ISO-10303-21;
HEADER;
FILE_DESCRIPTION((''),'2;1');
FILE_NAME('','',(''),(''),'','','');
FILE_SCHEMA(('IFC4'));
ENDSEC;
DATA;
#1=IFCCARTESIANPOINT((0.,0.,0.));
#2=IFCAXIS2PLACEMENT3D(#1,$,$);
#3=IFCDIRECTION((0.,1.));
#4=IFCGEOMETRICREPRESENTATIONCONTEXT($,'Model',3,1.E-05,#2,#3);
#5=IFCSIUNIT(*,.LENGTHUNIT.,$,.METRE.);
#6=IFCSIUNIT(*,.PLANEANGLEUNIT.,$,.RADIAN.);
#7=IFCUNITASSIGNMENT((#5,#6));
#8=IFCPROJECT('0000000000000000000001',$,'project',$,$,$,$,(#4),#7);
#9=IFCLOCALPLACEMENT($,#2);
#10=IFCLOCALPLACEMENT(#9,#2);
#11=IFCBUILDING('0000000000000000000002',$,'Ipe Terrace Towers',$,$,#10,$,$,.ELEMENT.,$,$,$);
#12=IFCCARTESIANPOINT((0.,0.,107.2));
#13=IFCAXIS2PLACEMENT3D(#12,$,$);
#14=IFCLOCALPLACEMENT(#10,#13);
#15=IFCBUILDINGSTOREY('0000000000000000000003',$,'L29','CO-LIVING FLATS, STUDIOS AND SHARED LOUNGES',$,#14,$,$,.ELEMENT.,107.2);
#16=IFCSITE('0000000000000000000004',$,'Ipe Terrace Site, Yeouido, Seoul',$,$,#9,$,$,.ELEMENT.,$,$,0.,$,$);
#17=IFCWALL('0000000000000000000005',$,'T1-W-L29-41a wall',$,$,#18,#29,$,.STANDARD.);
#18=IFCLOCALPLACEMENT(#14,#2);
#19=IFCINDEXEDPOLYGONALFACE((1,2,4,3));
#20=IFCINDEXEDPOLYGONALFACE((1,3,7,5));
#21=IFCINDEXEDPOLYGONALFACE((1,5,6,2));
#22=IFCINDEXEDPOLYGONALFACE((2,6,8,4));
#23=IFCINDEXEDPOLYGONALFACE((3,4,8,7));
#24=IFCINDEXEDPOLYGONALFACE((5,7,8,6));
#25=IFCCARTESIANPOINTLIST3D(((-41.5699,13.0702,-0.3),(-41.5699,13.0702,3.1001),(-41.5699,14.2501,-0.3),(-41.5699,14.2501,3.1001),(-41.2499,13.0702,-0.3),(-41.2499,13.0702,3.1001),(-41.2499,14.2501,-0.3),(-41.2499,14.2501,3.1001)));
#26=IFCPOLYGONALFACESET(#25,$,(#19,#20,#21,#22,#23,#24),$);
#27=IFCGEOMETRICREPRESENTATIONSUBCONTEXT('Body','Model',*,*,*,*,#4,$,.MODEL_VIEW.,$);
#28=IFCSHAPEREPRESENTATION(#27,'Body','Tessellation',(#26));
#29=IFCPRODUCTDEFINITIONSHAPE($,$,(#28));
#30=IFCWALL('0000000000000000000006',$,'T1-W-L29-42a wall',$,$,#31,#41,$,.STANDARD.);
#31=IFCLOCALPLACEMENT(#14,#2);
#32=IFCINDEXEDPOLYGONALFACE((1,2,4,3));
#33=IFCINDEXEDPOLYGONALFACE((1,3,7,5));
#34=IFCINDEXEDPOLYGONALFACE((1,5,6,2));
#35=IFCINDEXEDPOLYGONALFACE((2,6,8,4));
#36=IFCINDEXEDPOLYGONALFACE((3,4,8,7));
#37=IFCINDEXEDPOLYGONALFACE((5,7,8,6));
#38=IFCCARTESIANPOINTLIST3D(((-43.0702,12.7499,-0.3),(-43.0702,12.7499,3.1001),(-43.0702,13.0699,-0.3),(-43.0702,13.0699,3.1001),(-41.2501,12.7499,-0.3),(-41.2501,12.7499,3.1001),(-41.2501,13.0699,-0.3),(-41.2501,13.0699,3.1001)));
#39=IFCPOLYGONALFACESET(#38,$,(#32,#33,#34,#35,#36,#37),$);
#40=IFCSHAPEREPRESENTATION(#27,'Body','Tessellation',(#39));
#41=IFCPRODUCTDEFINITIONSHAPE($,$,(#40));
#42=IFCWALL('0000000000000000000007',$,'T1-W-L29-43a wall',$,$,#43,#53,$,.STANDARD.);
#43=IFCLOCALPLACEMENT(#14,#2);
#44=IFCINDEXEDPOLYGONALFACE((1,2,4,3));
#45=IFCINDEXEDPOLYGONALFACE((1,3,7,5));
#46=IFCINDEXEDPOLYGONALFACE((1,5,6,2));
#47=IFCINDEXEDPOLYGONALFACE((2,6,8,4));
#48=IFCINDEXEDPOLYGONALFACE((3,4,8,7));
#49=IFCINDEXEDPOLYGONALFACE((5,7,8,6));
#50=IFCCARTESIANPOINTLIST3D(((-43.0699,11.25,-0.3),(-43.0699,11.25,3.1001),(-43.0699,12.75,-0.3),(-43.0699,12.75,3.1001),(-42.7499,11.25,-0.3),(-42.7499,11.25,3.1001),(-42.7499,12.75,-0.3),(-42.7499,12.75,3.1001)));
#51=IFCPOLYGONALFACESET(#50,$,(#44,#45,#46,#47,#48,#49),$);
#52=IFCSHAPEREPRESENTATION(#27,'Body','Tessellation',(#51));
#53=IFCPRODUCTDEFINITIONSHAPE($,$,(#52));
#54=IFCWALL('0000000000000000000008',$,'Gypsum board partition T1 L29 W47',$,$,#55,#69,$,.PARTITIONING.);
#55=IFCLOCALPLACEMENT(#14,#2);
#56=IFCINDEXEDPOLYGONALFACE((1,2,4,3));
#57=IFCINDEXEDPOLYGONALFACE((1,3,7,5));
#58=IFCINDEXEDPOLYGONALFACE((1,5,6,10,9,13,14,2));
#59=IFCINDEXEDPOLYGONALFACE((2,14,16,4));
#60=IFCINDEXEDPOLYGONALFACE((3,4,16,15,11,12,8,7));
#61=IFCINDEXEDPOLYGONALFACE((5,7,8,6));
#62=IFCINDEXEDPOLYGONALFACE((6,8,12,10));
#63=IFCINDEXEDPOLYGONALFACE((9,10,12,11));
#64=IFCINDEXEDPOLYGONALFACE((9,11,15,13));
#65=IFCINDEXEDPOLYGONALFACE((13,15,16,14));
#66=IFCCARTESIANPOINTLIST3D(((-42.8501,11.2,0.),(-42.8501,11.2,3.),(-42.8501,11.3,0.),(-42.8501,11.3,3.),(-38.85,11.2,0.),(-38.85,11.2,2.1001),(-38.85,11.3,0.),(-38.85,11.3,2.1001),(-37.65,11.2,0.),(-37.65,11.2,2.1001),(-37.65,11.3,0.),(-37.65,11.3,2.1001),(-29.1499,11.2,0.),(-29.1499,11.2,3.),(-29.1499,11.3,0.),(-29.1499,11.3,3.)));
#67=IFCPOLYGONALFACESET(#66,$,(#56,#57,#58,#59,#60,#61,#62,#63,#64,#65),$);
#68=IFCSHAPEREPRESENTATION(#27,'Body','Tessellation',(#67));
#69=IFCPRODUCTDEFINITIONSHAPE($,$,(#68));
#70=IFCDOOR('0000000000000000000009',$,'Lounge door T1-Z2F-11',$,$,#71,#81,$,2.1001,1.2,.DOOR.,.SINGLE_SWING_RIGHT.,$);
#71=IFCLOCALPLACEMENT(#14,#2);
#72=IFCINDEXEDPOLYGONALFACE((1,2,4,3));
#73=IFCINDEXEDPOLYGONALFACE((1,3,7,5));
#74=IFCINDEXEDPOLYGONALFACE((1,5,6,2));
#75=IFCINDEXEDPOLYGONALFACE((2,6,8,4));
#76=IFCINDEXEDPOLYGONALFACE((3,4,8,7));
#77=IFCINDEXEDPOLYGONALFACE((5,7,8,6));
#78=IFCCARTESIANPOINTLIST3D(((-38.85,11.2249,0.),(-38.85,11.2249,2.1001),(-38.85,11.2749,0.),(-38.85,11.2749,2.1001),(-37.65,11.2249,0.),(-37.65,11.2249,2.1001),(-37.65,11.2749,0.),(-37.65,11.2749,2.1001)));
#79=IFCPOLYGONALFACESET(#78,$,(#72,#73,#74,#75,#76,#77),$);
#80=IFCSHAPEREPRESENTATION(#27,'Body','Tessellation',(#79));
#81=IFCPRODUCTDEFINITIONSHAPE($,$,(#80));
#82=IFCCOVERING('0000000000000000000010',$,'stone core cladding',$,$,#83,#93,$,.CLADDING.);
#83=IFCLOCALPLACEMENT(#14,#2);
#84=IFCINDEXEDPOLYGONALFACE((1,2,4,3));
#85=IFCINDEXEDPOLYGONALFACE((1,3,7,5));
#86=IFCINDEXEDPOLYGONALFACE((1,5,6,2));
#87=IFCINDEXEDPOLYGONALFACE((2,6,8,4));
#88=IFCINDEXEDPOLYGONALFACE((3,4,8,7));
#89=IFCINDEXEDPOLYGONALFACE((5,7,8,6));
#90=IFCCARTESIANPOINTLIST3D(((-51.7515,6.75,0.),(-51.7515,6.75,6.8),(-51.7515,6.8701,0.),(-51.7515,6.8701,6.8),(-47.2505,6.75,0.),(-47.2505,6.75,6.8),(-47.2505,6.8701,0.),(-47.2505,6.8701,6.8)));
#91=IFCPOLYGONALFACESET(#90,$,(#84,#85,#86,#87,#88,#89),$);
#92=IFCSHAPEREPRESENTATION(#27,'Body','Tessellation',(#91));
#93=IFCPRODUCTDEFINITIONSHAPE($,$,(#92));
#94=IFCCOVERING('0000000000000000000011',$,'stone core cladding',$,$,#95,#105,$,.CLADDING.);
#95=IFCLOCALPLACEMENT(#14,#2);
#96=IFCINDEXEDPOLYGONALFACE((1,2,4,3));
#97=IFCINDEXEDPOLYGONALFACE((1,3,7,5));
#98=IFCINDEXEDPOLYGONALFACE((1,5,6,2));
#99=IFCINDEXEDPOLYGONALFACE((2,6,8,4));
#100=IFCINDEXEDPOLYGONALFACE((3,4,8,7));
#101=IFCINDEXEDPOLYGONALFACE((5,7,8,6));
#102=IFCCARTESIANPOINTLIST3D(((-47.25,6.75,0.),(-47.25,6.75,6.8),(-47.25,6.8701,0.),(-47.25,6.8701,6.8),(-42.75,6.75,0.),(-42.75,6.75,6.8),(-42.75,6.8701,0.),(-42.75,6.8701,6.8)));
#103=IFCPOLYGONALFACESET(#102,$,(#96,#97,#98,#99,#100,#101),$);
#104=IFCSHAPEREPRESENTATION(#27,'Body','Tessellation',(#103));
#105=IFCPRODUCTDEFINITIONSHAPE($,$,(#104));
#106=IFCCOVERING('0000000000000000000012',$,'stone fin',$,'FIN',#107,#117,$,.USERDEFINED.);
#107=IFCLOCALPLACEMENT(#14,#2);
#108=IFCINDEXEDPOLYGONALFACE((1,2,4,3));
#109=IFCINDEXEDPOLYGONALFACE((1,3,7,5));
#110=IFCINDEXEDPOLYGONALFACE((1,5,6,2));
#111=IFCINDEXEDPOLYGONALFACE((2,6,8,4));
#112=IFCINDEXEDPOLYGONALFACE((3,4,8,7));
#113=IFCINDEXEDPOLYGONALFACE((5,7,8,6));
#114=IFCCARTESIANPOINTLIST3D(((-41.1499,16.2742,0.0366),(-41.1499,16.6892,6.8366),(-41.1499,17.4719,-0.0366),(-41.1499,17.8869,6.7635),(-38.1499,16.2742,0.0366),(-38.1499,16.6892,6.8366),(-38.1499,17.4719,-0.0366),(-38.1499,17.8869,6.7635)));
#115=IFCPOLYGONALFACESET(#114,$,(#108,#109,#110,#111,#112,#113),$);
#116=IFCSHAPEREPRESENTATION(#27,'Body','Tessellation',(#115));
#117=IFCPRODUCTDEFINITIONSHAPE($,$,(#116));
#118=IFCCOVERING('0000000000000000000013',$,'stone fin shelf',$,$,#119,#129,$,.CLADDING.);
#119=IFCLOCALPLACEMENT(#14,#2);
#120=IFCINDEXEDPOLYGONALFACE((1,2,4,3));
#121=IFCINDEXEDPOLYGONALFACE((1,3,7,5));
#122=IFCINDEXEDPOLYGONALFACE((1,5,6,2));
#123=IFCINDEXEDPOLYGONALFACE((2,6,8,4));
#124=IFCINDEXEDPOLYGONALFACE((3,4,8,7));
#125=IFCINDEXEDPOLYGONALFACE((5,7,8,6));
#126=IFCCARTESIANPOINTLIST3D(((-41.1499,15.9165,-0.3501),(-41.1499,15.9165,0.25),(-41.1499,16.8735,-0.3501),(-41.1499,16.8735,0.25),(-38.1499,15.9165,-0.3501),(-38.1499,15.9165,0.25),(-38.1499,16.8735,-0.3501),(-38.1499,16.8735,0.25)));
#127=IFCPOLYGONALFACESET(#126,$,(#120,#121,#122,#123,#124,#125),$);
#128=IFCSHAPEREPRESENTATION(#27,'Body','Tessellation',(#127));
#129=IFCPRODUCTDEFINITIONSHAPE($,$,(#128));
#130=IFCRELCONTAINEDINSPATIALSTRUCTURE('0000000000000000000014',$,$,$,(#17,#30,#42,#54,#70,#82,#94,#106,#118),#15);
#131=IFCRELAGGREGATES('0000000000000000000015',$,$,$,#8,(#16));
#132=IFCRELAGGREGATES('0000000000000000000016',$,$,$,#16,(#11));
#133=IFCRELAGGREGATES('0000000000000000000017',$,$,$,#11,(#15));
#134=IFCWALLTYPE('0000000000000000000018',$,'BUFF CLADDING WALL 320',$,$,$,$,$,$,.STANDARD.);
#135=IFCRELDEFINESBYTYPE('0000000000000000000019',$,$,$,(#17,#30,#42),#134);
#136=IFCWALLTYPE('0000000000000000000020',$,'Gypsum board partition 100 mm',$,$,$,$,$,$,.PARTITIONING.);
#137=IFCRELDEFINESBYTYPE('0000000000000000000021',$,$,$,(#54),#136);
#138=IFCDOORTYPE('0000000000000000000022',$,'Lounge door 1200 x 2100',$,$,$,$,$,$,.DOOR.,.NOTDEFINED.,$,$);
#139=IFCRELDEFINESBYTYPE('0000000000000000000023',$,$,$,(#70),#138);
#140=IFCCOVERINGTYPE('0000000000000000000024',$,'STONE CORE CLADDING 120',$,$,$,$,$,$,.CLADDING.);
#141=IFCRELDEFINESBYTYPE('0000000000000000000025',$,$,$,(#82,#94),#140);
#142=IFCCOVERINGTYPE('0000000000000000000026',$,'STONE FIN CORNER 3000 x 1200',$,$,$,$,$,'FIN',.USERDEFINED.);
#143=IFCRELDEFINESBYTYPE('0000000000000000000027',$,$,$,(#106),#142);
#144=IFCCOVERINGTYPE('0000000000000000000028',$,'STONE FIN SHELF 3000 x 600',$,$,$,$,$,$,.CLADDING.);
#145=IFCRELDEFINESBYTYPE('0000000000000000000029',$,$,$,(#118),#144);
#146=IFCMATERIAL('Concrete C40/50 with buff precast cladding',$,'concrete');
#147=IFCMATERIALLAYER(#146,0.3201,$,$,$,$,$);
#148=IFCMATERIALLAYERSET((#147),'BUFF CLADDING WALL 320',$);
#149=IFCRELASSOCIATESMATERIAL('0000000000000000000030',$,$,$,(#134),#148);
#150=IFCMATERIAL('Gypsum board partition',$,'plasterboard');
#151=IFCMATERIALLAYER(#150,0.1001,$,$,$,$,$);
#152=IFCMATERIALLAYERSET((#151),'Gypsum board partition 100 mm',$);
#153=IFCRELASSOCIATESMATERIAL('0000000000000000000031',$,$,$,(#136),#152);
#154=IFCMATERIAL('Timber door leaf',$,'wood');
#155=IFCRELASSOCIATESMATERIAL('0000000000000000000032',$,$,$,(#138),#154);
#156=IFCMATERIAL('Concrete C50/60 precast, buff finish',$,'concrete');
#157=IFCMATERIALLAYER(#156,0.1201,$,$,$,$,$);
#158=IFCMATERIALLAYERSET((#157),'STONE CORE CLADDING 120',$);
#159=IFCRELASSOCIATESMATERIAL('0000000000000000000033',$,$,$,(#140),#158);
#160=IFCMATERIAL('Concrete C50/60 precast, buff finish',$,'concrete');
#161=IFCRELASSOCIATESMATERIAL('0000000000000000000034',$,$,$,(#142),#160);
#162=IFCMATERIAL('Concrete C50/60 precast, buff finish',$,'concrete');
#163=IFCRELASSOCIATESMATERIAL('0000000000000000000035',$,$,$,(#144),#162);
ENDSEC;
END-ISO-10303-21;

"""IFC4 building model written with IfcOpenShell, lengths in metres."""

from ifc_helpers import new_model, si_unit, direction, frame, frame_2d, origin, origin_2d, place, context, subcontext, project, spatial, rectangle, extrude, material, layer, layer_set, material_profile, profile_set, type_object, element, fill, save


model = new_model("IFC4")

# Units and contexts
model_context = context("Model", 3, precision=1e-05, world=origin(), true_north=direction((0.0, 1.0)))
body_context = subcontext(model_context, "Body", "Model", "MODEL_VIEW")
ifc_project = project(units=[si_unit("LENGTHUNIT", "METRE"), si_unit("PLANEANGLEUNIT", "RADIAN")], contexts=[model_context])

# Site, building, storey
site_placement = place(None, origin())
site = spatial("IfcSite", under=ifc_project, at=site_placement, Name="Ipe Terrace Site, Yeouido, Seoul", CompositionType="ELEMENT", RefElevation=0.0)
building_placement = place(site_placement, origin())
building = spatial("IfcBuilding", under=site, at=building_placement, Name="Ipe Terrace Towers", CompositionType="ELEMENT")
storey_placement = place(building_placement, frame((0.0, 0.0, 107.2)))
storey = spatial("IfcBuildingStorey", under=building, at=storey_placement, Name="L29", Description="CO-LIVING FLATS, STUDIOS AND SHARED LOUNGES", CompositionType="ELEMENT", Elevation=107.2)

# Walls
ifc_material_1 = material(Name="Concrete C40/50 with buff precast cladding", Category="concrete")
ifc_layer_1 = layer(ifc_material_1, 0.3201)
ifc_layer_set_1 = layer_set([ifc_layer_1], Name="BUFF CLADDING WALL 320")
wall_type_1 = type_object("IfcWallType", Name="BUFF CLADDING WALL 320", PredefinedType="STANDARD", material=ifc_layer_set_1)
wall_1_placement = place(storey_placement, frame((-41.4099, 14.25, -0.3), z_axis=(0.0, 0.0, 1.0), x_axis=(0.0, -1.0, 0.0)))
element("IfcWall", 1, at=wall_1_placement, inside=storey, type_object=wall_type_1, Name="T1-W-L29-41a wall", PredefinedType="STANDARD", context=body_context, shape_type="SweptSolid", body=[
    extrude(rectangle(XDim=1.1799, YDim=0.3201, at=frame_2d((0.5898, 0.0))), origin(), (0.0, 0.0, 1.0), 3.4001),
])
wall_2_placement = place(storey_placement, frame((-41.25, 12.9099, -0.3), z_axis=(0.0, 0.0, 1.0), x_axis=(-1.0, 0.0, 0.0)))
element("IfcWall", 2, at=wall_2_placement, inside=storey, type_object=wall_type_1, Name="T1-W-L29-42a wall", PredefinedType="STANDARD", context=body_context, shape_type="SweptSolid", body=[
    extrude(rectangle(XDim=1.8201, YDim=0.3201, at=frame_2d((0.9102, 0.0))), origin(), (0.0, 0.0, 1.0), 3.4001),
])
wall_3_placement = place(storey_placement, frame((-42.9099, 12.75, -0.3), z_axis=(0.0, 0.0, 1.0), x_axis=(0.0, -1.0, 0.0)))
element("IfcWall", 3, at=wall_3_placement, inside=storey, type_object=wall_type_1, Name="T1-W-L29-43a wall", PredefinedType="STANDARD", context=body_context, shape_type="SweptSolid", body=[
    extrude(rectangle(XDim=1.5, YDim=0.3201, at=frame_2d((0.75, 0.0))), origin(), (0.0, 0.0, 1.0), 3.4001),
])

# Wall, opening, door
ifc_material_2 = material(Name="Gypsum board partition", Category="plasterboard")
ifc_layer_2 = layer(ifc_material_2, 0.1001)
ifc_layer_set_2 = layer_set([ifc_layer_2], Name="Gypsum board partition 100 mm")
wall_type_2 = type_object("IfcWallType", Name="Gypsum board partition 100 mm", PredefinedType="PARTITIONING", material=ifc_layer_set_2)
wall_4_placement = place(storey_placement, frame((-42.8501, 11.25, 0.0), z_axis=(0.0, 0.0, 1.0), x_axis=(1.0, 0.0, 0.0)))
wall_4 = element("IfcWall", 4, at=wall_4_placement, inside=storey, type_object=wall_type_2, Name="Gypsum board partition T1 L29 W47", PredefinedType="PARTITIONING", context=body_context, shape_type="SweptSolid", body=[
    extrude(rectangle(XDim=13.7002, YDim=0.1001, at=frame_2d((6.8501, 0.0))), origin(), (0.0, 0.0, 1.0), 3.0),
])
opening_placement = place(wall_4_placement, frame((4.0, 0.0, 0.0)))
opening = element("IfcOpeningElement", 5, at=opening_placement, cuts=wall_4, PredefinedType="OPENING", context=body_context, shape_type="SweptSolid", body=[
    extrude(rectangle(XDim=1.2, YDim=2.1001, at=frame_2d((0.6001, 1.05))), frame((0.0, 0.0601, 0.0), z_axis=(0.0, -1.0, 0.0), x_axis=(1.0, 0.0, 0.0)), (0.0, 0.0, 1.0), 0.1201),
])
ifc_material_3 = material(Name="Timber door leaf", Category="wood")
door_type = type_object("IfcDoorType", Name="Lounge door 1200 x 2100", OperationType="NOTDEFINED", PredefinedType="DOOR", material=ifc_material_3)
door_placement = place(opening_placement, origin())
door = element("IfcDoor", 6, at=door_placement, inside=storey, type_object=door_type, Name="Lounge door T1-Z2F-11", OperationType="SINGLE_SWING_RIGHT", OverallHeight=2.1001, OverallWidth=1.2, PredefinedType="DOOR", context=body_context, shape_type="SweptSolid", body=[
    extrude(rectangle(XDim=1.2, YDim=2.1001, at=frame_2d((0.6001, 1.05))), frame((0.0, 0.0249, 0.0), z_axis=(0.0, -1.0, 0.0), x_axis=(1.0, 0.0, 0.0)), (0.0, 0.0, 1.0), 0.05),
])
fill(opening, door)

# Coverings
ifc_material_4 = material(Name="Concrete C50/60 precast, buff finish", Category="concrete")
ifc_layer_3 = layer(ifc_material_4, 0.1201)
ifc_layer_set_3 = layer_set([ifc_layer_3], Name="STONE CORE CLADDING 120")
covering_type_1 = type_object("IfcCoveringType", Name="STONE CORE CLADDING 120", PredefinedType="CLADDING", material=ifc_layer_set_3)
covering_1_placement = place(storey_placement, frame((-49.501, 6.8101, 0.0), z_axis=(0.0, 0.0, 1.0), x_axis=(-1.0, 0.0, 0.0)))
element("IfcCovering", 7, at=covering_1_placement, inside=storey, type_object=covering_type_1, Name="stone core cladding", PredefinedType="CLADDING", context=body_context, shape_type="SweptSolid", body=[
    extrude(rectangle(XDim=4.501, YDim=0.1201, at=origin_2d()), origin(), (0.0, 0.0, 1.0), 6.8),
])
covering_2_placement = place(storey_placement, frame((-45.0, 6.8101, 0.0), z_axis=(0.0, 0.0, 1.0), x_axis=(-1.0, 0.0, 0.0)))
element("IfcCovering", 8, at=covering_2_placement, inside=storey, type_object=covering_type_1, Name="stone core cladding", PredefinedType="CLADDING", context=body_context, shape_type="SweptSolid", body=[
    extrude(rectangle(XDim=4.5, YDim=0.1201, at=origin_2d()), origin(), (0.0, 0.0, 1.0), 6.8),
])
ifc_material_5 = material(Name="Concrete C50/60 precast, buff finish", Category="concrete")
ifc_material_profile_1 = material_profile(ifc_material_5, rectangle(XDim=3.0, YDim=1.2, at=origin_2d()), Name="STONE FIN CORNER 3000 x 1200")
ifc_profile_set_1 = profile_set([ifc_material_profile_1], Name="Concrete C50/60 precast, buff finish")
covering_type_2 = type_object("IfcCoveringType", Name="STONE FIN CORNER 3000 x 1200", ElementType="FIN", PredefinedType="USERDEFINED", material=ifc_profile_set_1)
covering_3_placement = place(storey_placement, frame((-39.6499, 16.873, 0.0), z_axis=(0.0, 0.060921, 0.998143), x_axis=(-1.0, 0.0, 0.0)))
element("IfcCovering", 9, at=covering_3_placement, inside=storey, type_object=covering_type_2, Name="stone fin", ObjectType="FIN", PredefinedType="USERDEFINED", context=body_context, shape_type="SweptSolid", body=[
    extrude(rectangle(XDim=3.0, YDim=1.2, at=origin_2d()), origin(), (0.0, 0.0, 1.0), 6.8127),
])
ifc_material_6 = material(Name="Concrete C50/60 precast, buff finish", Category="concrete")
covering_type_3 = type_object("IfcCoveringType", Name="STONE FIN SHELF 3000 x 600", PredefinedType="CLADDING", material=ifc_material_6)
covering_4_placement = place(storey_placement, frame((-39.6499, 16.395, -0.3501), z_axis=(0.0, 0.0, 1.0), x_axis=(-1.0, 0.0, 0.0)))
element("IfcCovering", 10, at=covering_4_placement, inside=storey, type_object=covering_type_3, Name="stone fin shelf", PredefinedType="CLADDING", context=body_context, shape_type="SweptSolid", body=[
    extrude(rectangle(XDim=3.0, YDim=0.957, at=origin_2d()), origin(), (0.0, 0.0, 1.0), 0.6001),
])

save(model, "model.ifc")
